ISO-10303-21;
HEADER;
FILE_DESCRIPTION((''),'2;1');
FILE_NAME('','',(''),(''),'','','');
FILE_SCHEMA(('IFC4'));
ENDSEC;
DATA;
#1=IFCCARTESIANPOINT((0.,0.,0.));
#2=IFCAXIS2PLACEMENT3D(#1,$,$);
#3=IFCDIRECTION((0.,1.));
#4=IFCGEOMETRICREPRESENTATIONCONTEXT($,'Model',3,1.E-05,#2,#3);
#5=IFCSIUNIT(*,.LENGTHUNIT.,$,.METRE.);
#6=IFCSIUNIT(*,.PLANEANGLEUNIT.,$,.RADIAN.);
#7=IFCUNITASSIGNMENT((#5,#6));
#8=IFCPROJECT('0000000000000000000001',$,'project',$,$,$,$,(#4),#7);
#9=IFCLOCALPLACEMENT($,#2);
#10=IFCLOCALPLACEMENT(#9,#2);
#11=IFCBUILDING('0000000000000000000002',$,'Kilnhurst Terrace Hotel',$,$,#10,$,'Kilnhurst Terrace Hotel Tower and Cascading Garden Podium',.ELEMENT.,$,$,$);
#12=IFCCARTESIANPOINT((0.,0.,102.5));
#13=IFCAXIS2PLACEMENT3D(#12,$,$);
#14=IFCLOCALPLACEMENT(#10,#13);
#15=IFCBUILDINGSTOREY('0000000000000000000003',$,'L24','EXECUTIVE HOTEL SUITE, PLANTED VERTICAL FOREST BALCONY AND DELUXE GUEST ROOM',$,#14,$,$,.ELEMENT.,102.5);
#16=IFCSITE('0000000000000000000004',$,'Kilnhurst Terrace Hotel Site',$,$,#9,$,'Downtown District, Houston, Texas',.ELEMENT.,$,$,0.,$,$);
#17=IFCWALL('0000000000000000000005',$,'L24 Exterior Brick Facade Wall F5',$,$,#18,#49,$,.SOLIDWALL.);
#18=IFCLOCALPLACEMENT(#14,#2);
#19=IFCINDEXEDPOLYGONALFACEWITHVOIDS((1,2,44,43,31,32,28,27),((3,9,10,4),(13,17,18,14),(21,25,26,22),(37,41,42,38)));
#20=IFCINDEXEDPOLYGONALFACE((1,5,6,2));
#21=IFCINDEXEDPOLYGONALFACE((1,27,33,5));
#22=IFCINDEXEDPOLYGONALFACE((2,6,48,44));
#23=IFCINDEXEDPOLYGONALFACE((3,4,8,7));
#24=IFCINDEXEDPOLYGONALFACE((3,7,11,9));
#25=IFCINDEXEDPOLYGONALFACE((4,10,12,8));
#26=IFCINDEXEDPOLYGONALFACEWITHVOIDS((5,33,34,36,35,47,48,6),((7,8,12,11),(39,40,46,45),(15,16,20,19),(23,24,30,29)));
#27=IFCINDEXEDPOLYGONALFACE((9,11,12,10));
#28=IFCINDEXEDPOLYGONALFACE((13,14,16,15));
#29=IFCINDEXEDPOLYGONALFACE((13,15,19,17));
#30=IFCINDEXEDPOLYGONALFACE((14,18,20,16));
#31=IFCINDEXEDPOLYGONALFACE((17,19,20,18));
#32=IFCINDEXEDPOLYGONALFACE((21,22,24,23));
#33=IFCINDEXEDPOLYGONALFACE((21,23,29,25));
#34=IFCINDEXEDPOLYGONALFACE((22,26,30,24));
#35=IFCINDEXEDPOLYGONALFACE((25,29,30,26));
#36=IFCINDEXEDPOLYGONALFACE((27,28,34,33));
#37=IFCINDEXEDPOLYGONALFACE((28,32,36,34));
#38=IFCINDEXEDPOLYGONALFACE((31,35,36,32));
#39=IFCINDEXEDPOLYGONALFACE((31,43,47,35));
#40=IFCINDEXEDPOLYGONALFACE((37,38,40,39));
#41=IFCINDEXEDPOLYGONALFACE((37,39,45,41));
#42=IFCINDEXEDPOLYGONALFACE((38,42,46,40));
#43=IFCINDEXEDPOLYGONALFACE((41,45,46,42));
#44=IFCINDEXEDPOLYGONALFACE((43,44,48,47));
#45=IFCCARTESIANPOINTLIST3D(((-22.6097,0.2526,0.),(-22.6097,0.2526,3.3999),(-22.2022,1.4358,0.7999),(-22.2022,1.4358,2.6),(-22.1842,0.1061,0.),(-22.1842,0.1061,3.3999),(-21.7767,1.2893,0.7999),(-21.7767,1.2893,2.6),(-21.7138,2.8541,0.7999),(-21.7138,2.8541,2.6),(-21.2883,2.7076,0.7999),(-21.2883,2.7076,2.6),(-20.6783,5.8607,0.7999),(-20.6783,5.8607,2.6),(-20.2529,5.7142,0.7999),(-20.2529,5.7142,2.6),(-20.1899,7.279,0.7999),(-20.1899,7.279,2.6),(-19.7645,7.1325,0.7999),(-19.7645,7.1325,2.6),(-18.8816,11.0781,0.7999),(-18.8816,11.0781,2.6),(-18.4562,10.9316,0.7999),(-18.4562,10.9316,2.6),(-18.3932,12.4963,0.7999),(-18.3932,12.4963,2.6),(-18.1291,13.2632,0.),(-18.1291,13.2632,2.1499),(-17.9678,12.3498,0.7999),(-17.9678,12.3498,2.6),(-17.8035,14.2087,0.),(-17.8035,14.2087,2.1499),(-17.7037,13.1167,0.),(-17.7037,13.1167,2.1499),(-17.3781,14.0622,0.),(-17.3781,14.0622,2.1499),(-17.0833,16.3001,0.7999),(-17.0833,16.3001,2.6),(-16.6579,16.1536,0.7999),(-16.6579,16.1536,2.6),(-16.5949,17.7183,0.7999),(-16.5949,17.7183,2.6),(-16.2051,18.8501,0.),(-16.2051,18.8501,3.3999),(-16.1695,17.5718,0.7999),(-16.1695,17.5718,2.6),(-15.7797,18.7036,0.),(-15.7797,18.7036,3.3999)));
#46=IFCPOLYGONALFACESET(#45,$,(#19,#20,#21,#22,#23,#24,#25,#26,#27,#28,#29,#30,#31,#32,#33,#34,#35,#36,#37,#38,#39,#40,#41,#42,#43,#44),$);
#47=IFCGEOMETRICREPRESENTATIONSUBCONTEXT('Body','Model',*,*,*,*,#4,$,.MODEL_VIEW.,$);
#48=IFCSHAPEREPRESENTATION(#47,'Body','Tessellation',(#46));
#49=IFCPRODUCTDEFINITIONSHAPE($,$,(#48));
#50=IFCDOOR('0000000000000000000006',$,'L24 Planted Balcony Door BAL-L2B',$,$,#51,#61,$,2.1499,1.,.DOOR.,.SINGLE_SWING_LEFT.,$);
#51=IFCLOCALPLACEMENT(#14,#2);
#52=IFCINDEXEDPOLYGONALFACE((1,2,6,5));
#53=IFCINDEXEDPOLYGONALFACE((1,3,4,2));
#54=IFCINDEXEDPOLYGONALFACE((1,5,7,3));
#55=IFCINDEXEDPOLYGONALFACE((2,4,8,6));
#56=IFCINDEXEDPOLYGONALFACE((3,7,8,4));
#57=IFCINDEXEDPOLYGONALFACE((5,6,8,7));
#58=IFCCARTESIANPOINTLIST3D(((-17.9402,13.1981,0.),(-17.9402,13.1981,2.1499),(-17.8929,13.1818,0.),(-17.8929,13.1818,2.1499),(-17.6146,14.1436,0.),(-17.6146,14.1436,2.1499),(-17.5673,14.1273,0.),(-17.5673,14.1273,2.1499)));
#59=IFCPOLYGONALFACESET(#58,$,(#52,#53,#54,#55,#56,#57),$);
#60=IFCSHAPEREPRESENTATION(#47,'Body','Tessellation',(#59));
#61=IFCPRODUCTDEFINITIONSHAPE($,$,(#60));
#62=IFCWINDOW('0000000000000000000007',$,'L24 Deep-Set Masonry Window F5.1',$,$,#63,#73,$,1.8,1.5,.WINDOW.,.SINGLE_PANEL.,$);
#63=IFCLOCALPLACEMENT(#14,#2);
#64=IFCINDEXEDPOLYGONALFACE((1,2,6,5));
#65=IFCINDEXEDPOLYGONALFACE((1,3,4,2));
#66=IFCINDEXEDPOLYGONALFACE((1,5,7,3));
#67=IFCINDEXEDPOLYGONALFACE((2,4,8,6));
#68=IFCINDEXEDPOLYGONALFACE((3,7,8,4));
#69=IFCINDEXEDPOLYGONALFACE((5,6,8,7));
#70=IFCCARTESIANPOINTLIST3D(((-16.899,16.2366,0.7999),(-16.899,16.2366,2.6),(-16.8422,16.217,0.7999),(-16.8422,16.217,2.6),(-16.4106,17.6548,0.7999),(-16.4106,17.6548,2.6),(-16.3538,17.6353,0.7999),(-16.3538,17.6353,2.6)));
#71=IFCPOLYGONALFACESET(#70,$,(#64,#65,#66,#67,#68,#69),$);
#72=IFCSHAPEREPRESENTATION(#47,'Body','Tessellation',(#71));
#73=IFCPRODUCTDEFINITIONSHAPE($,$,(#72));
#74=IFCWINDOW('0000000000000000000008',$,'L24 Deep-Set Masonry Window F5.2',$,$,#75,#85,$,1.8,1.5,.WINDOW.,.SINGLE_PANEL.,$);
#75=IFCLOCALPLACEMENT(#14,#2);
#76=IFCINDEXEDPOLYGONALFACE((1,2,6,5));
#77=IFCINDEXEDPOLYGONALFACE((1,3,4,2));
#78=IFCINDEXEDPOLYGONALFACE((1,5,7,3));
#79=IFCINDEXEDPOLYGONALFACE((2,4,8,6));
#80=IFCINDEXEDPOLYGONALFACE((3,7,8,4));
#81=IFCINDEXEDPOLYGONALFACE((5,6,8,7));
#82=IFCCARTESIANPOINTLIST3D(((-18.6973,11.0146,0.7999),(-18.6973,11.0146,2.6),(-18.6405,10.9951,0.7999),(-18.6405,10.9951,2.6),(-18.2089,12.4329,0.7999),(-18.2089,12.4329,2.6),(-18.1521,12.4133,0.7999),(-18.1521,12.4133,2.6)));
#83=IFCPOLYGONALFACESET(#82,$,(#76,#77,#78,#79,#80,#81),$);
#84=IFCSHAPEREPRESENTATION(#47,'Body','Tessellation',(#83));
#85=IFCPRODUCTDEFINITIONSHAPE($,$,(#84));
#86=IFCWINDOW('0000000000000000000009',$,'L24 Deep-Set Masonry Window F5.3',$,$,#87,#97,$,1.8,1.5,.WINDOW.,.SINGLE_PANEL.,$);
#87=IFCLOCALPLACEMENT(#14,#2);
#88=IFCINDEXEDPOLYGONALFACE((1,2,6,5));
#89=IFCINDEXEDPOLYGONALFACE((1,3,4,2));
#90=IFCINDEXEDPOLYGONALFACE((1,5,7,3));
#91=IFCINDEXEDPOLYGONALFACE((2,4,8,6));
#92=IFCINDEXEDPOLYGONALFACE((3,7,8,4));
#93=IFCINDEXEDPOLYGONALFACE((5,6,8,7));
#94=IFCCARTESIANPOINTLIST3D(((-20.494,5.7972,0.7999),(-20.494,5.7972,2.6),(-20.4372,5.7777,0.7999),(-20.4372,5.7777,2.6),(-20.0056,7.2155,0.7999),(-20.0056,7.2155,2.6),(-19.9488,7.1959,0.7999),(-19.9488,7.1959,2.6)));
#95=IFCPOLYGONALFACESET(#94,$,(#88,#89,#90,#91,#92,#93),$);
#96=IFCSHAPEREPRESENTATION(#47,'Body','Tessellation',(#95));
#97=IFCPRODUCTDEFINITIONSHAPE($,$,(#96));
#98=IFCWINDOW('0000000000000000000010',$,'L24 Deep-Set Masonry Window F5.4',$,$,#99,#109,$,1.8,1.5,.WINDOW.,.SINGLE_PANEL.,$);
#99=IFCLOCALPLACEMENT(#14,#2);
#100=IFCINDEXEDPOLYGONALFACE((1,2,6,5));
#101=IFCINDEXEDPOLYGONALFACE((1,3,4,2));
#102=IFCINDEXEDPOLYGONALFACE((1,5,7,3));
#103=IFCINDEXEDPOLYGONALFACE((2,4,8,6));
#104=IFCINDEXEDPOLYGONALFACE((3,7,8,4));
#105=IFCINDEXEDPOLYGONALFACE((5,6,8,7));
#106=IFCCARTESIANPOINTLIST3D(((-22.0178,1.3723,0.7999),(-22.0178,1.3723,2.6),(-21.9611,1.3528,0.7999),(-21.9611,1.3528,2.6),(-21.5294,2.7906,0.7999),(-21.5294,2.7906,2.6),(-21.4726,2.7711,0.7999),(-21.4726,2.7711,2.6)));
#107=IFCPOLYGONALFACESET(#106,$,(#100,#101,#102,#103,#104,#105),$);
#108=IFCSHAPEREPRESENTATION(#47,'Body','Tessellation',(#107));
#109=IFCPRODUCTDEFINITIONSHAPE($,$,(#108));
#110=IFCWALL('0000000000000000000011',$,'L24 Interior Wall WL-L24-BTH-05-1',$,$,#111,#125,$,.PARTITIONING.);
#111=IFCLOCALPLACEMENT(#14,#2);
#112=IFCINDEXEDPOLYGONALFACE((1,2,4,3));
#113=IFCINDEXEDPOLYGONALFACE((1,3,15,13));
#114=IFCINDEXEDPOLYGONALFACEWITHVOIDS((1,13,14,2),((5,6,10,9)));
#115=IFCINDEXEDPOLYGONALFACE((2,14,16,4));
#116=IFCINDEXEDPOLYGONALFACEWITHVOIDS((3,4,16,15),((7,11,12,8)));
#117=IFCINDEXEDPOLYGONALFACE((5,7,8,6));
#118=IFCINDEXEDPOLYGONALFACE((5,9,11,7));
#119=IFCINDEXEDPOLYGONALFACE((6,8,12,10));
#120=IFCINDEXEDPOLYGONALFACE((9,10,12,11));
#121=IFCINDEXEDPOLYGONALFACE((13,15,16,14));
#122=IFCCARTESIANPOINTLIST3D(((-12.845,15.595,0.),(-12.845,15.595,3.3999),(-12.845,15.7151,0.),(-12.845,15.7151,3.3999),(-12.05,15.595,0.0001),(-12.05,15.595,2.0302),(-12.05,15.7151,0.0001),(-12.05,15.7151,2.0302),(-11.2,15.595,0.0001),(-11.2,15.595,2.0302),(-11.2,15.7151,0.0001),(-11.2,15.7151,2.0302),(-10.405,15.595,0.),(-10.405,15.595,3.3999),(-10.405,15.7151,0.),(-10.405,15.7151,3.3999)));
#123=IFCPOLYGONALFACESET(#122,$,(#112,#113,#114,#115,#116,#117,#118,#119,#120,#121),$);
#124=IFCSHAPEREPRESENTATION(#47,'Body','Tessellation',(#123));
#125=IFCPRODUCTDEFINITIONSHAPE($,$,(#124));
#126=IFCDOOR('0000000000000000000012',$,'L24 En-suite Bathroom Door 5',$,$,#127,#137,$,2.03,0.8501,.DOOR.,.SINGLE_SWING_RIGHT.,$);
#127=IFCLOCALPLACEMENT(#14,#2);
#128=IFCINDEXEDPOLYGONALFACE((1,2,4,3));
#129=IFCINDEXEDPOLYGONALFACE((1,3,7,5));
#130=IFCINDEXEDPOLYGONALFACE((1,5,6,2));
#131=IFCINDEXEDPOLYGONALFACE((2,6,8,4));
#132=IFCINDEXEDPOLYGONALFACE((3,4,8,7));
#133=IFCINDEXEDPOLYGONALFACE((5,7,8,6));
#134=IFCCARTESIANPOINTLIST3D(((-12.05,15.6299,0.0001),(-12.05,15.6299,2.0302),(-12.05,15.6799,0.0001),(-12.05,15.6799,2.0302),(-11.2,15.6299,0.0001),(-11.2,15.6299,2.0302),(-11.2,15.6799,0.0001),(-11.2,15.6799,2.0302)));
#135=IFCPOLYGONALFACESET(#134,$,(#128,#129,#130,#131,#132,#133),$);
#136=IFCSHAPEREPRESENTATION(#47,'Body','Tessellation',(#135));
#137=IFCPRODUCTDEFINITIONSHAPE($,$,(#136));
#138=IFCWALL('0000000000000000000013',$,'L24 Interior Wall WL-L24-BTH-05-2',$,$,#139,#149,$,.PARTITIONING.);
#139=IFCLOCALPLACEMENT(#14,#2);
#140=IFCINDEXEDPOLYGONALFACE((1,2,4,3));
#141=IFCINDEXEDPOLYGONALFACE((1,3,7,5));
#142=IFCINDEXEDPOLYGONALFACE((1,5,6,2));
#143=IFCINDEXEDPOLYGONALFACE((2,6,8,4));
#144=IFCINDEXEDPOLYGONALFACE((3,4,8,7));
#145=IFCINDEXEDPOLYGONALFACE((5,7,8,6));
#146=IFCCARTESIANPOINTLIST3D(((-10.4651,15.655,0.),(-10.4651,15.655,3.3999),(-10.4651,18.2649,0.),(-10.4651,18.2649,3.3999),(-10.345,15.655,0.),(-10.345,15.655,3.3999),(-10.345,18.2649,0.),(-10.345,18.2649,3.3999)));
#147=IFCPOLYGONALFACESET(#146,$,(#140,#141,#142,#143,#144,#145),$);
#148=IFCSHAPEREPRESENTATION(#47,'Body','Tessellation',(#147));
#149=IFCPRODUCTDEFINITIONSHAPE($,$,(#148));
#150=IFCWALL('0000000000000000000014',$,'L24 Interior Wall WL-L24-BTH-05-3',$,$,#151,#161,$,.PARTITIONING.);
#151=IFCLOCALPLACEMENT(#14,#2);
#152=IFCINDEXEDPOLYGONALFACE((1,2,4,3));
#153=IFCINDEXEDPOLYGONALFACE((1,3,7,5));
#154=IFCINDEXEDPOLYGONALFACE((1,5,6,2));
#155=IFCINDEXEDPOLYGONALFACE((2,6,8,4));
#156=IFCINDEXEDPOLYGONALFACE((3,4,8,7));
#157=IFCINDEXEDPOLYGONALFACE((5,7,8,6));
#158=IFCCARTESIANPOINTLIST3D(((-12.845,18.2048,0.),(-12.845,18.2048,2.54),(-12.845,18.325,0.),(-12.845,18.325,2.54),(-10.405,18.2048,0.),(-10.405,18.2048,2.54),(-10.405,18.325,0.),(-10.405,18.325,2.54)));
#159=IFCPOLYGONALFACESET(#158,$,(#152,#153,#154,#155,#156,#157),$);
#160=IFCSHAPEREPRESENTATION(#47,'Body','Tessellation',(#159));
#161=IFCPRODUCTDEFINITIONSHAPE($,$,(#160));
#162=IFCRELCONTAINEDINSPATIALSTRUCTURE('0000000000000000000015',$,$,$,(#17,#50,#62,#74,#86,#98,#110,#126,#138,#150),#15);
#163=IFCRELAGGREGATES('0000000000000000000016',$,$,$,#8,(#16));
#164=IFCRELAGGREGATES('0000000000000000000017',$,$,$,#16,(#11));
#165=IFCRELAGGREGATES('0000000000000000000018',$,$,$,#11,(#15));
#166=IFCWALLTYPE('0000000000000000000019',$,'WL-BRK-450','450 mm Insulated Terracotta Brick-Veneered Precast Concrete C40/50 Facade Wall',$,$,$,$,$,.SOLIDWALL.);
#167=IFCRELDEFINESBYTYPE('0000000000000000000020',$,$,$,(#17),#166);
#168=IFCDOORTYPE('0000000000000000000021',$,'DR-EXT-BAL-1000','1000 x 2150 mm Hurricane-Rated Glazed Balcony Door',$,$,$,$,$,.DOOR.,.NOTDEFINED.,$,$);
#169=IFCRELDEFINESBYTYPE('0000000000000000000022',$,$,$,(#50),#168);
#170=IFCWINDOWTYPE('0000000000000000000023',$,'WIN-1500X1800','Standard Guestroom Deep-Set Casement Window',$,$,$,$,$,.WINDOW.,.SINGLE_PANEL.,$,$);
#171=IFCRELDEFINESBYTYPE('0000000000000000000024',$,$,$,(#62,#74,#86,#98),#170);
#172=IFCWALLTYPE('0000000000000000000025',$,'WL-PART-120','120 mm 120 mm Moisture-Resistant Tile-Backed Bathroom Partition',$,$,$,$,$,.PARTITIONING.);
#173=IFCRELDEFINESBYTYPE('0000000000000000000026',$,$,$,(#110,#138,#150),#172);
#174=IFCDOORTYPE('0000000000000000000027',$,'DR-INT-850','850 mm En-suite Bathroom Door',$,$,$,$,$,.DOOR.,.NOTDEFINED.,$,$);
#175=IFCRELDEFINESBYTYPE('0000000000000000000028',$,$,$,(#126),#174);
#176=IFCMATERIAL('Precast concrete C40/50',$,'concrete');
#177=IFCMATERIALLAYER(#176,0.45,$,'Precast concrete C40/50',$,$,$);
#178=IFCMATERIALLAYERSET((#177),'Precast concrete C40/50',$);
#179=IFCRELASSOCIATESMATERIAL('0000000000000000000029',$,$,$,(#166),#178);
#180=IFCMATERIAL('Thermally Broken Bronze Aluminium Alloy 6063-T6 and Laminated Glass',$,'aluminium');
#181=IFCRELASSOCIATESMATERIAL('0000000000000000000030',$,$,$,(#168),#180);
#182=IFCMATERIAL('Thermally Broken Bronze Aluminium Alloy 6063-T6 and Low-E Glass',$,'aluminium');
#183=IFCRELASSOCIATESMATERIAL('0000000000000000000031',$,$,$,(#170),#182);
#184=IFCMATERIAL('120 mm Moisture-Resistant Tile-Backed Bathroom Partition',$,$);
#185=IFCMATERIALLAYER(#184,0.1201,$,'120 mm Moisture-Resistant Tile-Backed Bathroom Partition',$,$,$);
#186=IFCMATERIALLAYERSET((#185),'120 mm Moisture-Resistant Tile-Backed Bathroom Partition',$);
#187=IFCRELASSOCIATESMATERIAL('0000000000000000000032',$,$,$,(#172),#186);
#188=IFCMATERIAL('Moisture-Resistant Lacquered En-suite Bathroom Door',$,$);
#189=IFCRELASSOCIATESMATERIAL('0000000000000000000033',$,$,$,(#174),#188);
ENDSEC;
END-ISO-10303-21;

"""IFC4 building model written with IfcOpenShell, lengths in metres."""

from ifc_helpers import new_model, si_unit, direction, frame, frame_2d, origin, place, context, subcontext, project, spatial, rectangle, extrude, material, layer, layer_set, type_object, element, fill, save


model = new_model("IFC4")

# Units and contexts
model_context = context("Model", 3, precision=1e-05, world=origin(), true_north=direction((0.0, 1.0)))
body_context = subcontext(model_context, "Body", "Model", "MODEL_VIEW")
ifc_project = project(units=[si_unit("LENGTHUNIT", "METRE"), si_unit("PLANEANGLEUNIT", "RADIAN")], contexts=[model_context])

# Site, building, storey
site_placement = place(None, origin())
site = spatial("IfcSite", under=ifc_project, at=site_placement, Name="Kilnhurst Terrace Hotel Site", LongName="Downtown District, Houston, Texas", CompositionType="ELEMENT", RefElevation=0.0)
building_placement = place(site_placement, origin())
building = spatial("IfcBuilding", under=site, at=building_placement, Name="Kilnhurst Terrace Hotel", LongName="Kilnhurst Terrace Hotel Tower and Cascading Garden Podium", CompositionType="ELEMENT")
storey_placement = place(building_placement, frame((0.0, 0.0, 102.5)))
storey = spatial("IfcBuildingStorey", under=building, at=storey_placement, Name="L24", Description="EXECUTIVE HOTEL SUITE, PLANTED VERTICAL FOREST BALCONY AND DELUXE GUEST ROOM", CompositionType="ELEMENT", Elevation=102.5)

# Shared definitions
ifc_material_1 = material(Name="Precast concrete C40/50", Category="concrete")
ifc_layer_1 = layer(ifc_material_1, 0.45, Name="Precast concrete C40/50")
ifc_layer_set_1 = layer_set([ifc_layer_1], Name="Precast concrete C40/50")
wall_type_1 = type_object("IfcWallType", Name="WL-BRK-450", Description="450 mm Insulated Terracotta Brick-Veneered Precast Concrete C40/50 Facade Wall", PredefinedType="SOLIDWALL", material=ifc_layer_set_1)

# Wall, openings, door, windows
wall_1_placement = place(storey_placement, frame((-15.9924, 18.7769, 0.0), z_axis=(0.0, 0.0, 1.0), x_axis=(-0.325607, -0.945505, 0.0)))
wall_1 = element("IfcWall", 1, at=wall_1_placement, inside=storey, type_object=wall_type_1, Name="L24 Exterior Brick Facade Wall F5", PredefinedType="SOLIDWALL", context=body_context, shape_type="SweptSolid", body=[
    extrude(rectangle(XDim=19.6694, YDim=0.45, at=frame_2d((9.8347, 0.0))), origin(), (0.0, 0.0, 1.0), 3.3999),
])
opening_1_placement = place(wall_1_placement, frame((4.9089, 0.0, 0.0)))
opening_1 = element("IfcOpeningElement", 2, at=opening_1_placement, cuts=wall_1, PredefinedType="OPENING", context=body_context, shape_type="SweptSolid", body=[
    extrude(rectangle(XDim=1.0, YDim=2.1499, at=frame_2d((0.5, 1.075))), frame((0.0, 0.2349, 0.0), z_axis=(0.0, -1.0, 0.0), x_axis=(1.0, 0.0, 0.0)), (0.0, 0.0, 1.0), 0.47),
])
opening_2_placement = place(wall_1_placement, frame((1.197, 0.0, 0.8)))
opening_2 = element("IfcOpeningElement", 3, at=opening_2_placement, cuts=wall_1, PredefinedType="OPENING", context=body_context, shape_type="SweptSolid", body=[
    extrude(rectangle(XDim=1.5, YDim=1.8, at=frame_2d((0.75, 0.8999))), frame((0.0, 0.2349, 0.0), z_axis=(0.0, -1.0, 0.0), x_axis=(1.0, 0.0, 0.0)), (0.0, 0.0, 1.0), 0.47),
])
opening_3_placement = place(wall_1_placement, frame((6.72, 0.0, 0.8)))
opening_3 = element("IfcOpeningElement", 4, at=opening_3_placement, cuts=wall_1, PredefinedType="OPENING", context=body_context, shape_type="SweptSolid", body=[
    extrude(rectangle(XDim=1.5, YDim=1.8, at=frame_2d((0.75, 0.8999))), frame((0.0, 0.2349, 0.0), z_axis=(0.0, -1.0, 0.0), x_axis=(1.0, 0.0, 0.0)), (0.0, 0.0, 1.0), 0.47),
])
opening_4_placement = place(wall_1_placement, frame((12.238, 0.0, 0.8)))
opening_4 = element("IfcOpeningElement", 5, at=opening_4_placement, cuts=wall_1, PredefinedType="OPENING", context=body_context, shape_type="SweptSolid", body=[
    extrude(rectangle(XDim=1.5, YDim=1.8, at=frame_2d((0.75, 0.8999))), frame((0.0, 0.2349, 0.0), z_axis=(0.0, -1.0, 0.0), x_axis=(1.0, 0.0, 0.0)), (0.0, 0.0, 1.0), 0.47),
])
opening_5_placement = place(wall_1_placement, frame((16.918, 0.0, 0.8)))
opening_5 = element("IfcOpeningElement", 6, at=opening_5_placement, cuts=wall_1, PredefinedType="OPENING", context=body_context, shape_type="SweptSolid", body=[
    extrude(rectangle(XDim=1.5, YDim=1.8, at=frame_2d((0.75, 0.8999))), frame((0.0, 0.2349, 0.0), z_axis=(0.0, -1.0, 0.0), x_axis=(1.0, 0.0, 0.0)), (0.0, 0.0, 1.0), 0.47),
])
ifc_material_2 = material(Name="Thermally Broken Bronze Aluminium Alloy 6063-T6 and Laminated Glass", Category="aluminium")
door_type_1 = type_object("IfcDoorType", Name="DR-EXT-BAL-1000", Description="1000 x 2150 mm Hurricane-Rated Glazed Balcony Door", OperationType="NOTDEFINED", PredefinedType="DOOR", material=ifc_material_2)
door_1_placement = place(opening_1_placement, origin())
door_1 = element("IfcDoor", 7, at=door_1_placement, inside=storey, type_object=door_type_1, Name="L24 Planted Balcony Door BAL-L2B", OperationType="SINGLE_SWING_LEFT", OverallHeight=2.1499, OverallWidth=1.0, PredefinedType="DOOR", context=body_context, shape_type="SweptSolid", body=[
    extrude(rectangle(XDim=1.0, YDim=2.1499, at=frame_2d((0.5, 1.075))), frame((0.0, 0.0249, 0.0), z_axis=(0.0, -1.0, 0.0), x_axis=(1.0, 0.0, 0.0)), (0.0, 0.0, 1.0), 0.05),
])
fill(opening_1, door_1)
ifc_material_3 = material(Name="Thermally Broken Bronze Aluminium Alloy 6063-T6 and Low-E Glass", Category="aluminium")
window_type = type_object("IfcWindowType", Name="WIN-1500X1800", Description="Standard Guestroom Deep-Set Casement Window", PartitioningType="SINGLE_PANEL", PredefinedType="WINDOW", material=ifc_material_3)
window_1_placement = place(opening_2_placement, origin())
window_1 = element("IfcWindow", 8, at=window_1_placement, inside=storey, type_object=window_type, Name="L24 Deep-Set Masonry Window F5.1", OverallHeight=1.8, OverallWidth=1.5, PartitioningType="SINGLE_PANEL", PredefinedType="WINDOW", context=body_context, shape_type="SweptSolid", body=[
    extrude(rectangle(XDim=1.5, YDim=1.8, at=frame_2d((0.75, 0.8999))), frame((0.0, 0.03, 0.0), z_axis=(0.0, -1.0, 0.0), x_axis=(1.0, 0.0, 0.0)), (0.0, 0.0, 1.0), 0.0601),
])
fill(opening_2, window_1)
window_2_placement = place(opening_3_placement, origin())
window_2 = element("IfcWindow", 9, at=window_2_placement, inside=storey, type_object=window_type, Name="L24 Deep-Set Masonry Window F5.2", OverallHeight=1.8, OverallWidth=1.5, PartitioningType="SINGLE_PANEL", PredefinedType="WINDOW", context=body_context, shape_type="SweptSolid", body=[
    extrude(rectangle(XDim=1.5, YDim=1.8, at=frame_2d((0.75, 0.8999))), frame((0.0, 0.03, 0.0), z_axis=(0.0, -1.0, 0.0), x_axis=(1.0, 0.0, 0.0)), (0.0, 0.0, 1.0), 0.0601),
])
fill(opening_3, window_2)
window_3_placement = place(opening_4_placement, origin())
window_3 = element("IfcWindow", 10, at=window_3_placement, inside=storey, type_object=window_type, Name="L24 Deep-Set Masonry Window F5.3", OverallHeight=1.8, OverallWidth=1.5, PartitioningType="SINGLE_PANEL", PredefinedType="WINDOW", context=body_context, shape_type="SweptSolid", body=[
    extrude(rectangle(XDim=1.5, YDim=1.8, at=frame_2d((0.75, 0.8999))), frame((0.0, 0.03, 0.0), z_axis=(0.0, -1.0, 0.0), x_axis=(1.0, 0.0, 0.0)), (0.0, 0.0, 1.0), 0.0601),
])
fill(opening_4, window_3)
window_4_placement = place(opening_5_placement, origin())
window_4 = element("IfcWindow", 11, at=window_4_placement, inside=storey, type_object=window_type, Name="L24 Deep-Set Masonry Window F5.4", OverallHeight=1.8, OverallWidth=1.5, PartitioningType="SINGLE_PANEL", PredefinedType="WINDOW", context=body_context, shape_type="SweptSolid", body=[
    extrude(rectangle(XDim=1.5, YDim=1.8, at=frame_2d((0.75, 0.8999))), frame((0.0, 0.03, 0.0), z_axis=(0.0, -1.0, 0.0), x_axis=(1.0, 0.0, 0.0)), (0.0, 0.0, 1.0), 0.0601),
])
fill(opening_5, window_4)

# Wall, opening, door
ifc_material_4 = material(Name="120 mm Moisture-Resistant Tile-Backed Bathroom Partition")
ifc_layer_2 = layer(ifc_material_4, 0.1201, Name="120 mm Moisture-Resistant Tile-Backed Bathroom Partition")
ifc_layer_set_2 = layer_set([ifc_layer_2], Name="120 mm Moisture-Resistant Tile-Backed Bathroom Partition")
wall_type_2 = type_object("IfcWallType", Name="WL-PART-120", Description="120 mm 120 mm Moisture-Resistant Tile-Backed Bathroom Partition", PredefinedType="PARTITIONING", material=ifc_layer_set_2)
wall_2_placement = place(storey_placement, frame((-12.845, 15.655, 0.0), z_axis=(0.0, 0.0, 1.0), x_axis=(1.0, 0.0, 0.0)))
wall_2 = element("IfcWall", 12, at=wall_2_placement, inside=storey, type_object=wall_type_2, Name="L24 Interior Wall WL-L24-BTH-05-1", PredefinedType="PARTITIONING", context=body_context, shape_type="SweptSolid", body=[
    extrude(rectangle(XDim=2.4399, YDim=0.1201, at=frame_2d((1.22, 0.0))), origin(), (0.0, 0.0, 1.0), 3.3999),
])
opening_6_placement = place(wall_2_placement, frame((0.7949, 0.0, 0.0)))
opening_6 = element("IfcOpeningElement", 13, at=opening_6_placement, cuts=wall_2, PredefinedType="OPENING", context=body_context, shape_type="SweptSolid", body=[
    extrude(rectangle(XDim=0.8501, YDim=2.03, at=frame_2d((0.425, 1.0151))), frame((0.0, 0.0701, 0.0), z_axis=(0.0, -1.0, 0.0), x_axis=(1.0, 0.0, 0.0)), (0.0, 0.0, 1.0), 0.1401),
])
ifc_material_5 = material(Name="Moisture-Resistant Lacquered En-suite Bathroom Door")
door_type_2 = type_object("IfcDoorType", Name="DR-INT-850", Description="850 mm En-suite Bathroom Door", OperationType="NOTDEFINED", PredefinedType="DOOR", material=ifc_material_5)
door_2_placement = place(opening_6_placement, origin())
door_2 = element("IfcDoor", 14, at=door_2_placement, inside=storey, type_object=door_type_2, Name="L24 En-suite Bathroom Door 5", OperationType="SINGLE_SWING_RIGHT", OverallHeight=2.03, OverallWidth=0.8501, PredefinedType="DOOR", context=body_context, shape_type="SweptSolid", body=[
    extrude(rectangle(XDim=0.8501, YDim=2.03, at=frame_2d((0.425, 1.0151))), frame((0.0, 0.0249, 0.0), z_axis=(0.0, -1.0, 0.0), x_axis=(1.0, 0.0, 0.0)), (0.0, 0.0, 1.0), 0.05),
])
fill(opening_6, door_2)

# Walls
wall_3_placement = place(storey_placement, frame((-10.405, 15.655, 0.0), z_axis=(0.0, 0.0, 1.0), x_axis=(0.0, 1.0, 0.0)))
element("IfcWall", 15, at=wall_3_placement, inside=storey, type_object=wall_type_2, Name="L24 Interior Wall WL-L24-BTH-05-2", PredefinedType="PARTITIONING", context=body_context, shape_type="SweptSolid", body=[
    extrude(rectangle(XDim=2.6099, YDim=0.1201, at=frame_2d((1.3049, 0.0))), origin(), (0.0, 0.0, 1.0), 3.3999),
])
wall_4_placement = place(storey_placement, frame((-10.405, 18.2649, 0.0), z_axis=(0.0, 0.0, 1.0), x_axis=(-1.0, 0.0, 0.0)))
element("IfcWall", 16, at=wall_4_placement, inside=storey, type_object=wall_type_2, Name="L24 Interior Wall WL-L24-BTH-05-3", PredefinedType="PARTITIONING", context=body_context, shape_type="SweptSolid", body=[
    extrude(rectangle(XDim=2.4399, YDim=0.1201, at=frame_2d((1.22, 0.0))), origin(), (0.0, 0.0, 1.0), 2.54),
])

save(model, "model.ifc")
